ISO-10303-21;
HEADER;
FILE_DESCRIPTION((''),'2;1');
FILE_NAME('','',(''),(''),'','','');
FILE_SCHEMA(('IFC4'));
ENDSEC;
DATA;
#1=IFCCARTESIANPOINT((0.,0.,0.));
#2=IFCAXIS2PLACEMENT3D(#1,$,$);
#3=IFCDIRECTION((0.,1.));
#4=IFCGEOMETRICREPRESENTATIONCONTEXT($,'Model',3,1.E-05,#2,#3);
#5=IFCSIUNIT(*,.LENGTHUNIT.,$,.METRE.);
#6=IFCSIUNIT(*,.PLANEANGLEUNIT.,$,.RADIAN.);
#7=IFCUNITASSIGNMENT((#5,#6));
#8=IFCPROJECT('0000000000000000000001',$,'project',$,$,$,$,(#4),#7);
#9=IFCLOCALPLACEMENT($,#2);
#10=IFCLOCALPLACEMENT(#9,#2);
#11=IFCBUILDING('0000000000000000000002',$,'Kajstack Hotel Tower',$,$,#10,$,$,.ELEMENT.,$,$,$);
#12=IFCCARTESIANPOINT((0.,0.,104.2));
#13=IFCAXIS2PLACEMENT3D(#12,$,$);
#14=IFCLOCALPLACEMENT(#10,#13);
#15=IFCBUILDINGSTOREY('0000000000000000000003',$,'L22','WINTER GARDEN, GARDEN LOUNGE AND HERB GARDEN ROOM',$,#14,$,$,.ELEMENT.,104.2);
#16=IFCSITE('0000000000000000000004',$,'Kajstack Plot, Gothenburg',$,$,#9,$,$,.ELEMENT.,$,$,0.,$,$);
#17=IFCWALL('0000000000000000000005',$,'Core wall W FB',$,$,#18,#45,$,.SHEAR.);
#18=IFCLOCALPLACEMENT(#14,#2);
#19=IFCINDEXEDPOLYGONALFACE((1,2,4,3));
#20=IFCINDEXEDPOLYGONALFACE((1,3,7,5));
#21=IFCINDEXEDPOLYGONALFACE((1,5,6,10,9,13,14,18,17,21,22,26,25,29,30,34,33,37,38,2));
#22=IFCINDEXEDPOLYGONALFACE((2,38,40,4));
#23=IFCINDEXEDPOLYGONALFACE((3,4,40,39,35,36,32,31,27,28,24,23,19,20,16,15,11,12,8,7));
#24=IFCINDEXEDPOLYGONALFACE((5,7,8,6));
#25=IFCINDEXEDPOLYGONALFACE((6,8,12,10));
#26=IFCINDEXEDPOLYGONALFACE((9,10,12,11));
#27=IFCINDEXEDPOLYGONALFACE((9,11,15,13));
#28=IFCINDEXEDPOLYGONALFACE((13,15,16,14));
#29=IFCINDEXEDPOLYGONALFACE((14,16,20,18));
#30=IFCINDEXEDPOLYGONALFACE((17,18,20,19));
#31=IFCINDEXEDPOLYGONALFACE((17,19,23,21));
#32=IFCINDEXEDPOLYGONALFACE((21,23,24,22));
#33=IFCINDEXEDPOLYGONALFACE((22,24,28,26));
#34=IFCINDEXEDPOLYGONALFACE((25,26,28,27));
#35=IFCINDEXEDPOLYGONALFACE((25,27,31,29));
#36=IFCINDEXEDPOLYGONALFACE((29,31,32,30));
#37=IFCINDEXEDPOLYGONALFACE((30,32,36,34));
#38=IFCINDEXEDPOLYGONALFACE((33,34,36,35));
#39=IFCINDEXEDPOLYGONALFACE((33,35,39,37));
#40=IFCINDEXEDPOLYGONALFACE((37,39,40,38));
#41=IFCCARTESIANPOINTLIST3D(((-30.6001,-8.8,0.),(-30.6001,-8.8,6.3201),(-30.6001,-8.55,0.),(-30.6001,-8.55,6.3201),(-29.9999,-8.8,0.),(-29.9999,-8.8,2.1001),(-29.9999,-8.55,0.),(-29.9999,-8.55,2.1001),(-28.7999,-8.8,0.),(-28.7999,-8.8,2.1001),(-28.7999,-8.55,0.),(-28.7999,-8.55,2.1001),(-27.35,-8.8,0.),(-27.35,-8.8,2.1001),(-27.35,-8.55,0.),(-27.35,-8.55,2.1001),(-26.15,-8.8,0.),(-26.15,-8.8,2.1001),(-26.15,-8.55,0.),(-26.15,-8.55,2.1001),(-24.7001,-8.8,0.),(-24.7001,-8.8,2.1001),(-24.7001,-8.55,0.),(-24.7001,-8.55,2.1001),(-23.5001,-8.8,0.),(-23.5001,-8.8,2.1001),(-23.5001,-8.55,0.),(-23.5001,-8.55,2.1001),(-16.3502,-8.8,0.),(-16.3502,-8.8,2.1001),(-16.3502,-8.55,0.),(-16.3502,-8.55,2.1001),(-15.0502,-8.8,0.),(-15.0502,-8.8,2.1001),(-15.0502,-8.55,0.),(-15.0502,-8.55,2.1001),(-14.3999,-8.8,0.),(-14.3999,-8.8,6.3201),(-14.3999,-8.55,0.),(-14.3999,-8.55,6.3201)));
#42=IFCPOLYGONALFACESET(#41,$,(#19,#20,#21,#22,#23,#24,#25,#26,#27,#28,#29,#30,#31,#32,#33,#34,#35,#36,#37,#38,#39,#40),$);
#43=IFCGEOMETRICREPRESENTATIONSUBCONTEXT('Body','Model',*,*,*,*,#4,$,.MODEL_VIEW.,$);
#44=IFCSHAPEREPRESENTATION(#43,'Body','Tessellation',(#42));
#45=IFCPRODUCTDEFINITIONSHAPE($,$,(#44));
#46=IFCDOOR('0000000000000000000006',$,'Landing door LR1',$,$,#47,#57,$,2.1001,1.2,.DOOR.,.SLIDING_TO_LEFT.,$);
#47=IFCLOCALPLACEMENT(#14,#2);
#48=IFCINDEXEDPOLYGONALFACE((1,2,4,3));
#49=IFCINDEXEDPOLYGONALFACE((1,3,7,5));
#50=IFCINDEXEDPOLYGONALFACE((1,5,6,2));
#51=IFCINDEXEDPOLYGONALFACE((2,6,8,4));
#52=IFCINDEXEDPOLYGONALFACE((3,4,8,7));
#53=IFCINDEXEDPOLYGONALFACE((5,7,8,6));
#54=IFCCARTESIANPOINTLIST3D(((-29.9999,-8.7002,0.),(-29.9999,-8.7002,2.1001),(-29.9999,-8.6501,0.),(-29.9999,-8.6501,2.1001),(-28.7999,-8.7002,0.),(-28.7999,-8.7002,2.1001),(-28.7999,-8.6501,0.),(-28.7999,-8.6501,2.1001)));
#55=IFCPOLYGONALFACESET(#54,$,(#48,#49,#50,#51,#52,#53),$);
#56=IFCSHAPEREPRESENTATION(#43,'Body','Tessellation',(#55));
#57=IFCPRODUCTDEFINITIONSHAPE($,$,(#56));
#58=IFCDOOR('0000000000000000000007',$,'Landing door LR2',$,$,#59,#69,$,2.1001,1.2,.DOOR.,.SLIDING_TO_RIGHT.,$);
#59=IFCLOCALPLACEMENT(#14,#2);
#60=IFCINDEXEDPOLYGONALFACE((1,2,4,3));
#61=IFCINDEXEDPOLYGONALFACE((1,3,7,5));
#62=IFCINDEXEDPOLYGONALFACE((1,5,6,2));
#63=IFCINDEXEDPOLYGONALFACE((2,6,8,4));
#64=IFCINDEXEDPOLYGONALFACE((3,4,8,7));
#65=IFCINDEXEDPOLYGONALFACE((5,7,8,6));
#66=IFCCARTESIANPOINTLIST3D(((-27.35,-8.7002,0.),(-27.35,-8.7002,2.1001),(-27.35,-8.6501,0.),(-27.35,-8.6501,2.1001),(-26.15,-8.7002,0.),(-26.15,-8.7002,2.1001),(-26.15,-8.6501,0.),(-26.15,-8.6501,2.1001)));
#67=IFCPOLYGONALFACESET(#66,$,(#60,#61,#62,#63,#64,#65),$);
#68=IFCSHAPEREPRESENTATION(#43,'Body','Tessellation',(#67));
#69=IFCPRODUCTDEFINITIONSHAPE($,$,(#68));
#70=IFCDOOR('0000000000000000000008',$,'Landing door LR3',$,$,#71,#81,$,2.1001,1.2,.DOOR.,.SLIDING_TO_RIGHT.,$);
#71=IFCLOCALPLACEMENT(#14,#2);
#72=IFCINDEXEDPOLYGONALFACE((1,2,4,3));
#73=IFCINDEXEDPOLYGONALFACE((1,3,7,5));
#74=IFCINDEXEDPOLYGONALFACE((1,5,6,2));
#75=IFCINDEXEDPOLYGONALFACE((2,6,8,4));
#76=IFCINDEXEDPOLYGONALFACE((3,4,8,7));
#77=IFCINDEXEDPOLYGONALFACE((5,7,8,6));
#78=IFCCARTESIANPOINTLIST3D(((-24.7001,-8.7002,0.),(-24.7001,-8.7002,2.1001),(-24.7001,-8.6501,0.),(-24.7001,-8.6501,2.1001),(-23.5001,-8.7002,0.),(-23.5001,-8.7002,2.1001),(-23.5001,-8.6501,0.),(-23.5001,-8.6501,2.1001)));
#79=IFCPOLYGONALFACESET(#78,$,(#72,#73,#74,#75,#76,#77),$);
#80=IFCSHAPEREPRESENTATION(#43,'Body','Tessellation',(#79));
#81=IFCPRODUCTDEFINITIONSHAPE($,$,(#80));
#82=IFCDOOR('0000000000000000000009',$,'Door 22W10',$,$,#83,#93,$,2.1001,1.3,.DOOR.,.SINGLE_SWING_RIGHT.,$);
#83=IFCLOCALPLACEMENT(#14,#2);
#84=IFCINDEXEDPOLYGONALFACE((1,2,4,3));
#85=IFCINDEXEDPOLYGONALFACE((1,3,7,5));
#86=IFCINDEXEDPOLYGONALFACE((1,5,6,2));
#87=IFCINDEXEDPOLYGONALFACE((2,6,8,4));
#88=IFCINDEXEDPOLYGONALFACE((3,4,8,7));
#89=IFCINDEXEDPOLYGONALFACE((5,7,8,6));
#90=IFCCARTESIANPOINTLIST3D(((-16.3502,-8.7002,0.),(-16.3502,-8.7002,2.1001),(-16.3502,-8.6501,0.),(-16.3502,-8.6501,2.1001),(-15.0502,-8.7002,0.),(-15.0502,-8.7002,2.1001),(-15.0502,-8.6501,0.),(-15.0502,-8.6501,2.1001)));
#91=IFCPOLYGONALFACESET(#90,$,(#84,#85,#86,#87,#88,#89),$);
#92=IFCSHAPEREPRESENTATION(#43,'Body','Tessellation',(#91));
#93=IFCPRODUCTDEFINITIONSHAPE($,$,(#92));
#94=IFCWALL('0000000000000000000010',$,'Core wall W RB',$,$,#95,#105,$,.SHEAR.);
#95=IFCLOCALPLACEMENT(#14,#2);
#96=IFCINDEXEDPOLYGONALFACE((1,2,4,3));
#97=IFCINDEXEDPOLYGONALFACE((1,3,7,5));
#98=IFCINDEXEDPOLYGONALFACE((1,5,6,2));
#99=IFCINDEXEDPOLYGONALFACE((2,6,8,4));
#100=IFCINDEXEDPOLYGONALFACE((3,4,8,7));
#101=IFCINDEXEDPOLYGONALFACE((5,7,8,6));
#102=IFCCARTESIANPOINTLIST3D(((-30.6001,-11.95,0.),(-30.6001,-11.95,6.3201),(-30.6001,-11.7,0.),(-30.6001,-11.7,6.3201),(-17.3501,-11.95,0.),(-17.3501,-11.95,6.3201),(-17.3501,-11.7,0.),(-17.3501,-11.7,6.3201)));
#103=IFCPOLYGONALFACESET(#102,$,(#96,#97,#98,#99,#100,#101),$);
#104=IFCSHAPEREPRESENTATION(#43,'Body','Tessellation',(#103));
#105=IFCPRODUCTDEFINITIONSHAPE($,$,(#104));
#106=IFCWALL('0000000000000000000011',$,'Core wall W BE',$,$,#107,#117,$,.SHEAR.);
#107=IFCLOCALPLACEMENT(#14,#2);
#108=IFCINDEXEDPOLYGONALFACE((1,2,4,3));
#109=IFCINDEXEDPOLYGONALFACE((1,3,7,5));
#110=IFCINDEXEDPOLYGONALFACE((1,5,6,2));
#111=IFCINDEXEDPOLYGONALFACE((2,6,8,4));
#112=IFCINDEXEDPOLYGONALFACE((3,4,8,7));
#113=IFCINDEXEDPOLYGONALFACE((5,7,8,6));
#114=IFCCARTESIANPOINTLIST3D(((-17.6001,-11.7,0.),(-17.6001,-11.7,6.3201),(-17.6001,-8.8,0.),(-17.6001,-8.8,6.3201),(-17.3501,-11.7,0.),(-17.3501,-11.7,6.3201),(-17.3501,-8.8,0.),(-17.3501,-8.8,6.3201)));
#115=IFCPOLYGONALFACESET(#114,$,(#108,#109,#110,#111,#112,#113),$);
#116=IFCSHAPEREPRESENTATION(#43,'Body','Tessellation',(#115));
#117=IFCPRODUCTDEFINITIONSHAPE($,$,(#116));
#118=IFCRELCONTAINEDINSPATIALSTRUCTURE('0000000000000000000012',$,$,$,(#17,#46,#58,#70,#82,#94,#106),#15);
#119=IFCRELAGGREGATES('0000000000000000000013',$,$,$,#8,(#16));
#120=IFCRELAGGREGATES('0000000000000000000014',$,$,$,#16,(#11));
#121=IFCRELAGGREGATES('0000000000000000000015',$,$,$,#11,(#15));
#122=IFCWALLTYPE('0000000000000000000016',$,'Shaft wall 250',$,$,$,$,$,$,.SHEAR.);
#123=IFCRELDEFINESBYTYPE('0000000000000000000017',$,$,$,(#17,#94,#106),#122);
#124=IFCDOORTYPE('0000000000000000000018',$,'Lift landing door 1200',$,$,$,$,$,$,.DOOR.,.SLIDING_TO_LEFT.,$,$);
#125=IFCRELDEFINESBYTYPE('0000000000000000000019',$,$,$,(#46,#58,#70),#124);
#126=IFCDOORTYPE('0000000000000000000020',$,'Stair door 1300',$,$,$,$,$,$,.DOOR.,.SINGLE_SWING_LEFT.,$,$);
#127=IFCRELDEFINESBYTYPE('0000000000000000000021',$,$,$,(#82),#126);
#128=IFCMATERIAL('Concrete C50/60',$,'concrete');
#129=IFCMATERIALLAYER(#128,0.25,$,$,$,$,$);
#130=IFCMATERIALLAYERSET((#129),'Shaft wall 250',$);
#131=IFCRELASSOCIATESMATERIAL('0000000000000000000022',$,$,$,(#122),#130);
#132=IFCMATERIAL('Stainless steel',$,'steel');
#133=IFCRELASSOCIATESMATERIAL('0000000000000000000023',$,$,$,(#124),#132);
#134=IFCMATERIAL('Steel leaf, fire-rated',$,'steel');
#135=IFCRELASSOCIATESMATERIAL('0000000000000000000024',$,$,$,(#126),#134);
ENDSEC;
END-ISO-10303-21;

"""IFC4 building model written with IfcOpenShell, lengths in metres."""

from ifc_helpers import new_model, si_unit, direction, frame, frame_2d, origin, place, context, subcontext, project, spatial, rectangle, extrude, material, layer, layer_set, type_object, element, fill, save


model = new_model("IFC4")

# Units and contexts
model_context = context("Model", 3, precision=1e-05, world=origin(), true_north=direction((0.0, 1.0)))
body_context = subcontext(model_context, "Body", "Model", "MODEL_VIEW")
ifc_project = project(units=[si_unit("LENGTHUNIT", "METRE"), si_unit("PLANEANGLEUNIT", "RADIAN")], contexts=[model_context])

# Site, building, storey
site_placement = place(None, origin())
site = spatial("IfcSite", under=ifc_project, at=site_placement, Name="Kajstack Plot, Gothenburg", CompositionType="ELEMENT", RefElevation=0.0)
building_placement = place(site_placement, origin())
building = spatial("IfcBuilding", under=site, at=building_placement, Name="Kajstack Hotel Tower", CompositionType="ELEMENT")
storey_placement = place(building_placement, frame((0.0, 0.0, 104.2)))
storey = spatial("IfcBuildingStorey", under=building, at=storey_placement, Name="L22", Description="WINTER GARDEN, GARDEN LOUNGE AND HERB GARDEN ROOM", CompositionType="ELEMENT", Elevation=104.2)

# Shared definitions
ifc_material_1 = material(Name="Concrete C50/60", Category="concrete")
ifc_layer_1 = layer(ifc_material_1, 0.25)
ifc_layer_set_1 = layer_set([ifc_layer_1], Name="Shaft wall 250")
wall_type_1 = type_object("IfcWallType", Name="Shaft wall 250", PredefinedType="SHEAR", material=ifc_layer_set_1)

# Wall, openings, doors
wall_1_placement = place(storey_placement, frame((-30.6001, -8.675, 0.0), z_axis=(0.0, 0.0, 1.0), x_axis=(1.0, 0.0, 0.0)))
wall_1 = element("IfcWall", 1, at=wall_1_placement, inside=storey, type_object=wall_type_1, Name="Core wall W FB", PredefinedType="SHEAR", context=body_context, shape_type="SweptSolid", body=[
    extrude(rectangle(XDim=16.2002, YDim=0.25, at=frame_2d((8.1001, 0.0))), origin(), (0.0, 0.0, 1.0), 6.3201),
])
opening_1_placement = place(wall_1_placement, frame((0.6001, 0.0, 0.0)))
opening_1 = element("IfcOpeningElement", 2, at=opening_1_placement, cuts=wall_1, PredefinedType="OPENING", context=body_context, shape_type="SweptSolid", body=[
    extrude(rectangle(XDim=1.2, YDim=2.1001, at=frame_2d((0.6001, 1.05))), frame((0.0, 0.135, 0.0), z_axis=(0.0, -1.0, 0.0), x_axis=(1.0, 0.0, 0.0)), (0.0, 0.0, 1.0), 0.27),
])
opening_2_placement = place(wall_1_placement, frame((3.25, 0.0, 0.0)))
opening_2 = element("IfcOpeningElement", 3, at=opening_2_placement, cuts=wall_1, PredefinedType="OPENING", context=body_context, shape_type="SweptSolid", body=[
    extrude(rectangle(XDim=1.2, YDim=2.1001, at=frame_2d((0.6001, 1.05))), frame((0.0, 0.135, 0.0), z_axis=(0.0, -1.0, 0.0), x_axis=(1.0, 0.0, 0.0)), (0.0, 0.0, 1.0), 0.27),
])
opening_3_placement = place(wall_1_placement, frame((5.8999, 0.0, 0.0)))
opening_3 = element("IfcOpeningElement", 4, at=opening_3_placement, cuts=wall_1, PredefinedType="OPENING", context=body_context, shape_type="SweptSolid", body=[
    extrude(rectangle(XDim=1.2, YDim=2.1001, at=frame_2d((0.6001, 1.05))), frame((0.0, 0.135, 0.0), z_axis=(0.0, -1.0, 0.0), x_axis=(1.0, 0.0, 0.0)), (0.0, 0.0, 1.0), 0.27),
])
opening_4_placement = place(wall_1_placement, frame((14.25, 0.0, 0.0)))
opening_4 = element("IfcOpeningElement", 5, at=opening_4_placement, cuts=wall_1, PredefinedType="OPENING", context=body_context, shape_type="SweptSolid", body=[
    extrude(rectangle(XDim=1.3, YDim=2.1001, at=frame_2d((0.6499, 1.05))), frame((0.0, 0.135, 0.0), z_axis=(0.0, -1.0, 0.0), x_axis=(1.0, 0.0, 0.0)), (0.0, 0.0, 1.0), 0.27),
])
ifc_material_2 = material(Name="Stainless steel", Category="steel")
door_type_1 = type_object("IfcDoorType", Name="Lift landing door 1200", OperationType="SLIDING_TO_LEFT", PredefinedType="DOOR", material=ifc_material_2)
door_1_placement = place(opening_1_placement, origin())
door_1 = element("IfcDoor", 6, at=door_1_placement, inside=storey, type_object=door_type_1, Name="Landing door LR1", OperationType="SLIDING_TO_LEFT", OverallHeight=2.1001, OverallWidth=1.2, PredefinedType="DOOR", context=body_context, shape_type="SweptSolid", body=[
    extrude(rectangle(XDim=1.2, YDim=2.1001, at=frame_2d((0.6001, 1.05))), frame((0.0, 0.0249, 0.0), z_axis=(0.0, -1.0, 0.0), x_axis=(1.0, 0.0, 0.0)), (0.0, 0.0, 1.0), 0.05),
])
fill(opening_1, door_1)
door_2_placement = place(opening_2_placement, origin())
door_2 = element("IfcDoor", 7, at=door_2_placement, inside=storey, type_object=door_type_1, Name="Landing door LR2", OperationType="SLIDING_TO_RIGHT", OverallHeight=2.1001, OverallWidth=1.2, PredefinedType="DOOR", context=body_context, shape_type="SweptSolid", body=[
    extrude(rectangle(XDim=1.2, YDim=2.1001, at=frame_2d((0.6001, 1.05))), frame((0.0, 0.0249, 0.0), z_axis=(0.0, -1.0, 0.0), x_axis=(1.0, 0.0, 0.0)), (0.0, 0.0, 1.0), 0.05),
])
fill(opening_2, door_2)
door_3_placement = place(opening_3_placement, origin())
door_3 = element("IfcDoor", 8, at=door_3_placement, inside=storey, type_object=door_type_1, Name="Landing door LR3", OperationType="SLIDING_TO_RIGHT", OverallHeight=2.1001, OverallWidth=1.2, PredefinedType="DOOR", context=body_context, shape_type="SweptSolid", body=[
    extrude(rectangle(XDim=1.2, YDim=2.1001, at=frame_2d((0.6001, 1.05))), frame((0.0, 0.0249, 0.0), z_axis=(0.0, -1.0, 0.0), x_axis=(1.0, 0.0, 0.0)), (0.0, 0.0, 1.0), 0.05),
])
fill(opening_3, door_3)
ifc_material_3 = material(Name="Steel leaf, fire-rated", Category="steel")
door_type_2 = type_object("IfcDoorType", Name="Stair door 1300", OperationType="SINGLE_SWING_LEFT", PredefinedType="DOOR", material=ifc_material_3)
door_4_placement = place(opening_4_placement, origin())
door_4 = element("IfcDoor", 9, at=door_4_placement, inside=storey, type_object=door_type_2, Name="Door 22W10", OperationType="SINGLE_SWING_RIGHT", OverallHeight=2.1001, OverallWidth=1.3, PredefinedType="DOOR", context=body_context, shape_type="SweptSolid", body=[
    extrude(rectangle(XDim=1.3, YDim=2.1001, at=frame_2d((0.6499, 1.05))), frame((0.0, 0.0249, 0.0), z_axis=(0.0, -1.0, 0.0), x_axis=(1.0, 0.0, 0.0)), (0.0, 0.0, 1.0), 0.05),
])
fill(opening_4, door_4)

# Walls
wall_2_placement = place(storey_placement, frame((-30.6001, -11.825, 0.0), z_axis=(0.0, 0.0, 1.0), x_axis=(1.0, 0.0, 0.0)))
element("IfcWall", 10, at=wall_2_placement, inside=storey, type_object=wall_type_1, Name="Core wall W RB", PredefinedType="SHEAR", context=body_context, shape_type="SweptSolid", body=[
    extrude(rectangle(XDim=13.25, YDim=0.25, at=frame_2d((6.625, 0.0))), origin(), (0.0, 0.0, 1.0), 6.3201),
])
wall_3_placement = place(storey_placement, frame((-17.4751, -11.7, 0.0), z_axis=(0.0, 0.0, 1.0), x_axis=(0.0, 1.0, 0.0)))
element("IfcWall", 11, at=wall_3_placement, inside=storey, type_object=wall_type_1, Name="Core wall W BE", PredefinedType="SHEAR", context=body_context, shape_type="SweptSolid", body=[
    extrude(rectangle(XDim=2.8999, YDim=0.25, at=frame_2d((1.45, 0.0))), origin(), (0.0, 0.0, 1.0), 6.3201),
])

save(model, "model.ifc")
